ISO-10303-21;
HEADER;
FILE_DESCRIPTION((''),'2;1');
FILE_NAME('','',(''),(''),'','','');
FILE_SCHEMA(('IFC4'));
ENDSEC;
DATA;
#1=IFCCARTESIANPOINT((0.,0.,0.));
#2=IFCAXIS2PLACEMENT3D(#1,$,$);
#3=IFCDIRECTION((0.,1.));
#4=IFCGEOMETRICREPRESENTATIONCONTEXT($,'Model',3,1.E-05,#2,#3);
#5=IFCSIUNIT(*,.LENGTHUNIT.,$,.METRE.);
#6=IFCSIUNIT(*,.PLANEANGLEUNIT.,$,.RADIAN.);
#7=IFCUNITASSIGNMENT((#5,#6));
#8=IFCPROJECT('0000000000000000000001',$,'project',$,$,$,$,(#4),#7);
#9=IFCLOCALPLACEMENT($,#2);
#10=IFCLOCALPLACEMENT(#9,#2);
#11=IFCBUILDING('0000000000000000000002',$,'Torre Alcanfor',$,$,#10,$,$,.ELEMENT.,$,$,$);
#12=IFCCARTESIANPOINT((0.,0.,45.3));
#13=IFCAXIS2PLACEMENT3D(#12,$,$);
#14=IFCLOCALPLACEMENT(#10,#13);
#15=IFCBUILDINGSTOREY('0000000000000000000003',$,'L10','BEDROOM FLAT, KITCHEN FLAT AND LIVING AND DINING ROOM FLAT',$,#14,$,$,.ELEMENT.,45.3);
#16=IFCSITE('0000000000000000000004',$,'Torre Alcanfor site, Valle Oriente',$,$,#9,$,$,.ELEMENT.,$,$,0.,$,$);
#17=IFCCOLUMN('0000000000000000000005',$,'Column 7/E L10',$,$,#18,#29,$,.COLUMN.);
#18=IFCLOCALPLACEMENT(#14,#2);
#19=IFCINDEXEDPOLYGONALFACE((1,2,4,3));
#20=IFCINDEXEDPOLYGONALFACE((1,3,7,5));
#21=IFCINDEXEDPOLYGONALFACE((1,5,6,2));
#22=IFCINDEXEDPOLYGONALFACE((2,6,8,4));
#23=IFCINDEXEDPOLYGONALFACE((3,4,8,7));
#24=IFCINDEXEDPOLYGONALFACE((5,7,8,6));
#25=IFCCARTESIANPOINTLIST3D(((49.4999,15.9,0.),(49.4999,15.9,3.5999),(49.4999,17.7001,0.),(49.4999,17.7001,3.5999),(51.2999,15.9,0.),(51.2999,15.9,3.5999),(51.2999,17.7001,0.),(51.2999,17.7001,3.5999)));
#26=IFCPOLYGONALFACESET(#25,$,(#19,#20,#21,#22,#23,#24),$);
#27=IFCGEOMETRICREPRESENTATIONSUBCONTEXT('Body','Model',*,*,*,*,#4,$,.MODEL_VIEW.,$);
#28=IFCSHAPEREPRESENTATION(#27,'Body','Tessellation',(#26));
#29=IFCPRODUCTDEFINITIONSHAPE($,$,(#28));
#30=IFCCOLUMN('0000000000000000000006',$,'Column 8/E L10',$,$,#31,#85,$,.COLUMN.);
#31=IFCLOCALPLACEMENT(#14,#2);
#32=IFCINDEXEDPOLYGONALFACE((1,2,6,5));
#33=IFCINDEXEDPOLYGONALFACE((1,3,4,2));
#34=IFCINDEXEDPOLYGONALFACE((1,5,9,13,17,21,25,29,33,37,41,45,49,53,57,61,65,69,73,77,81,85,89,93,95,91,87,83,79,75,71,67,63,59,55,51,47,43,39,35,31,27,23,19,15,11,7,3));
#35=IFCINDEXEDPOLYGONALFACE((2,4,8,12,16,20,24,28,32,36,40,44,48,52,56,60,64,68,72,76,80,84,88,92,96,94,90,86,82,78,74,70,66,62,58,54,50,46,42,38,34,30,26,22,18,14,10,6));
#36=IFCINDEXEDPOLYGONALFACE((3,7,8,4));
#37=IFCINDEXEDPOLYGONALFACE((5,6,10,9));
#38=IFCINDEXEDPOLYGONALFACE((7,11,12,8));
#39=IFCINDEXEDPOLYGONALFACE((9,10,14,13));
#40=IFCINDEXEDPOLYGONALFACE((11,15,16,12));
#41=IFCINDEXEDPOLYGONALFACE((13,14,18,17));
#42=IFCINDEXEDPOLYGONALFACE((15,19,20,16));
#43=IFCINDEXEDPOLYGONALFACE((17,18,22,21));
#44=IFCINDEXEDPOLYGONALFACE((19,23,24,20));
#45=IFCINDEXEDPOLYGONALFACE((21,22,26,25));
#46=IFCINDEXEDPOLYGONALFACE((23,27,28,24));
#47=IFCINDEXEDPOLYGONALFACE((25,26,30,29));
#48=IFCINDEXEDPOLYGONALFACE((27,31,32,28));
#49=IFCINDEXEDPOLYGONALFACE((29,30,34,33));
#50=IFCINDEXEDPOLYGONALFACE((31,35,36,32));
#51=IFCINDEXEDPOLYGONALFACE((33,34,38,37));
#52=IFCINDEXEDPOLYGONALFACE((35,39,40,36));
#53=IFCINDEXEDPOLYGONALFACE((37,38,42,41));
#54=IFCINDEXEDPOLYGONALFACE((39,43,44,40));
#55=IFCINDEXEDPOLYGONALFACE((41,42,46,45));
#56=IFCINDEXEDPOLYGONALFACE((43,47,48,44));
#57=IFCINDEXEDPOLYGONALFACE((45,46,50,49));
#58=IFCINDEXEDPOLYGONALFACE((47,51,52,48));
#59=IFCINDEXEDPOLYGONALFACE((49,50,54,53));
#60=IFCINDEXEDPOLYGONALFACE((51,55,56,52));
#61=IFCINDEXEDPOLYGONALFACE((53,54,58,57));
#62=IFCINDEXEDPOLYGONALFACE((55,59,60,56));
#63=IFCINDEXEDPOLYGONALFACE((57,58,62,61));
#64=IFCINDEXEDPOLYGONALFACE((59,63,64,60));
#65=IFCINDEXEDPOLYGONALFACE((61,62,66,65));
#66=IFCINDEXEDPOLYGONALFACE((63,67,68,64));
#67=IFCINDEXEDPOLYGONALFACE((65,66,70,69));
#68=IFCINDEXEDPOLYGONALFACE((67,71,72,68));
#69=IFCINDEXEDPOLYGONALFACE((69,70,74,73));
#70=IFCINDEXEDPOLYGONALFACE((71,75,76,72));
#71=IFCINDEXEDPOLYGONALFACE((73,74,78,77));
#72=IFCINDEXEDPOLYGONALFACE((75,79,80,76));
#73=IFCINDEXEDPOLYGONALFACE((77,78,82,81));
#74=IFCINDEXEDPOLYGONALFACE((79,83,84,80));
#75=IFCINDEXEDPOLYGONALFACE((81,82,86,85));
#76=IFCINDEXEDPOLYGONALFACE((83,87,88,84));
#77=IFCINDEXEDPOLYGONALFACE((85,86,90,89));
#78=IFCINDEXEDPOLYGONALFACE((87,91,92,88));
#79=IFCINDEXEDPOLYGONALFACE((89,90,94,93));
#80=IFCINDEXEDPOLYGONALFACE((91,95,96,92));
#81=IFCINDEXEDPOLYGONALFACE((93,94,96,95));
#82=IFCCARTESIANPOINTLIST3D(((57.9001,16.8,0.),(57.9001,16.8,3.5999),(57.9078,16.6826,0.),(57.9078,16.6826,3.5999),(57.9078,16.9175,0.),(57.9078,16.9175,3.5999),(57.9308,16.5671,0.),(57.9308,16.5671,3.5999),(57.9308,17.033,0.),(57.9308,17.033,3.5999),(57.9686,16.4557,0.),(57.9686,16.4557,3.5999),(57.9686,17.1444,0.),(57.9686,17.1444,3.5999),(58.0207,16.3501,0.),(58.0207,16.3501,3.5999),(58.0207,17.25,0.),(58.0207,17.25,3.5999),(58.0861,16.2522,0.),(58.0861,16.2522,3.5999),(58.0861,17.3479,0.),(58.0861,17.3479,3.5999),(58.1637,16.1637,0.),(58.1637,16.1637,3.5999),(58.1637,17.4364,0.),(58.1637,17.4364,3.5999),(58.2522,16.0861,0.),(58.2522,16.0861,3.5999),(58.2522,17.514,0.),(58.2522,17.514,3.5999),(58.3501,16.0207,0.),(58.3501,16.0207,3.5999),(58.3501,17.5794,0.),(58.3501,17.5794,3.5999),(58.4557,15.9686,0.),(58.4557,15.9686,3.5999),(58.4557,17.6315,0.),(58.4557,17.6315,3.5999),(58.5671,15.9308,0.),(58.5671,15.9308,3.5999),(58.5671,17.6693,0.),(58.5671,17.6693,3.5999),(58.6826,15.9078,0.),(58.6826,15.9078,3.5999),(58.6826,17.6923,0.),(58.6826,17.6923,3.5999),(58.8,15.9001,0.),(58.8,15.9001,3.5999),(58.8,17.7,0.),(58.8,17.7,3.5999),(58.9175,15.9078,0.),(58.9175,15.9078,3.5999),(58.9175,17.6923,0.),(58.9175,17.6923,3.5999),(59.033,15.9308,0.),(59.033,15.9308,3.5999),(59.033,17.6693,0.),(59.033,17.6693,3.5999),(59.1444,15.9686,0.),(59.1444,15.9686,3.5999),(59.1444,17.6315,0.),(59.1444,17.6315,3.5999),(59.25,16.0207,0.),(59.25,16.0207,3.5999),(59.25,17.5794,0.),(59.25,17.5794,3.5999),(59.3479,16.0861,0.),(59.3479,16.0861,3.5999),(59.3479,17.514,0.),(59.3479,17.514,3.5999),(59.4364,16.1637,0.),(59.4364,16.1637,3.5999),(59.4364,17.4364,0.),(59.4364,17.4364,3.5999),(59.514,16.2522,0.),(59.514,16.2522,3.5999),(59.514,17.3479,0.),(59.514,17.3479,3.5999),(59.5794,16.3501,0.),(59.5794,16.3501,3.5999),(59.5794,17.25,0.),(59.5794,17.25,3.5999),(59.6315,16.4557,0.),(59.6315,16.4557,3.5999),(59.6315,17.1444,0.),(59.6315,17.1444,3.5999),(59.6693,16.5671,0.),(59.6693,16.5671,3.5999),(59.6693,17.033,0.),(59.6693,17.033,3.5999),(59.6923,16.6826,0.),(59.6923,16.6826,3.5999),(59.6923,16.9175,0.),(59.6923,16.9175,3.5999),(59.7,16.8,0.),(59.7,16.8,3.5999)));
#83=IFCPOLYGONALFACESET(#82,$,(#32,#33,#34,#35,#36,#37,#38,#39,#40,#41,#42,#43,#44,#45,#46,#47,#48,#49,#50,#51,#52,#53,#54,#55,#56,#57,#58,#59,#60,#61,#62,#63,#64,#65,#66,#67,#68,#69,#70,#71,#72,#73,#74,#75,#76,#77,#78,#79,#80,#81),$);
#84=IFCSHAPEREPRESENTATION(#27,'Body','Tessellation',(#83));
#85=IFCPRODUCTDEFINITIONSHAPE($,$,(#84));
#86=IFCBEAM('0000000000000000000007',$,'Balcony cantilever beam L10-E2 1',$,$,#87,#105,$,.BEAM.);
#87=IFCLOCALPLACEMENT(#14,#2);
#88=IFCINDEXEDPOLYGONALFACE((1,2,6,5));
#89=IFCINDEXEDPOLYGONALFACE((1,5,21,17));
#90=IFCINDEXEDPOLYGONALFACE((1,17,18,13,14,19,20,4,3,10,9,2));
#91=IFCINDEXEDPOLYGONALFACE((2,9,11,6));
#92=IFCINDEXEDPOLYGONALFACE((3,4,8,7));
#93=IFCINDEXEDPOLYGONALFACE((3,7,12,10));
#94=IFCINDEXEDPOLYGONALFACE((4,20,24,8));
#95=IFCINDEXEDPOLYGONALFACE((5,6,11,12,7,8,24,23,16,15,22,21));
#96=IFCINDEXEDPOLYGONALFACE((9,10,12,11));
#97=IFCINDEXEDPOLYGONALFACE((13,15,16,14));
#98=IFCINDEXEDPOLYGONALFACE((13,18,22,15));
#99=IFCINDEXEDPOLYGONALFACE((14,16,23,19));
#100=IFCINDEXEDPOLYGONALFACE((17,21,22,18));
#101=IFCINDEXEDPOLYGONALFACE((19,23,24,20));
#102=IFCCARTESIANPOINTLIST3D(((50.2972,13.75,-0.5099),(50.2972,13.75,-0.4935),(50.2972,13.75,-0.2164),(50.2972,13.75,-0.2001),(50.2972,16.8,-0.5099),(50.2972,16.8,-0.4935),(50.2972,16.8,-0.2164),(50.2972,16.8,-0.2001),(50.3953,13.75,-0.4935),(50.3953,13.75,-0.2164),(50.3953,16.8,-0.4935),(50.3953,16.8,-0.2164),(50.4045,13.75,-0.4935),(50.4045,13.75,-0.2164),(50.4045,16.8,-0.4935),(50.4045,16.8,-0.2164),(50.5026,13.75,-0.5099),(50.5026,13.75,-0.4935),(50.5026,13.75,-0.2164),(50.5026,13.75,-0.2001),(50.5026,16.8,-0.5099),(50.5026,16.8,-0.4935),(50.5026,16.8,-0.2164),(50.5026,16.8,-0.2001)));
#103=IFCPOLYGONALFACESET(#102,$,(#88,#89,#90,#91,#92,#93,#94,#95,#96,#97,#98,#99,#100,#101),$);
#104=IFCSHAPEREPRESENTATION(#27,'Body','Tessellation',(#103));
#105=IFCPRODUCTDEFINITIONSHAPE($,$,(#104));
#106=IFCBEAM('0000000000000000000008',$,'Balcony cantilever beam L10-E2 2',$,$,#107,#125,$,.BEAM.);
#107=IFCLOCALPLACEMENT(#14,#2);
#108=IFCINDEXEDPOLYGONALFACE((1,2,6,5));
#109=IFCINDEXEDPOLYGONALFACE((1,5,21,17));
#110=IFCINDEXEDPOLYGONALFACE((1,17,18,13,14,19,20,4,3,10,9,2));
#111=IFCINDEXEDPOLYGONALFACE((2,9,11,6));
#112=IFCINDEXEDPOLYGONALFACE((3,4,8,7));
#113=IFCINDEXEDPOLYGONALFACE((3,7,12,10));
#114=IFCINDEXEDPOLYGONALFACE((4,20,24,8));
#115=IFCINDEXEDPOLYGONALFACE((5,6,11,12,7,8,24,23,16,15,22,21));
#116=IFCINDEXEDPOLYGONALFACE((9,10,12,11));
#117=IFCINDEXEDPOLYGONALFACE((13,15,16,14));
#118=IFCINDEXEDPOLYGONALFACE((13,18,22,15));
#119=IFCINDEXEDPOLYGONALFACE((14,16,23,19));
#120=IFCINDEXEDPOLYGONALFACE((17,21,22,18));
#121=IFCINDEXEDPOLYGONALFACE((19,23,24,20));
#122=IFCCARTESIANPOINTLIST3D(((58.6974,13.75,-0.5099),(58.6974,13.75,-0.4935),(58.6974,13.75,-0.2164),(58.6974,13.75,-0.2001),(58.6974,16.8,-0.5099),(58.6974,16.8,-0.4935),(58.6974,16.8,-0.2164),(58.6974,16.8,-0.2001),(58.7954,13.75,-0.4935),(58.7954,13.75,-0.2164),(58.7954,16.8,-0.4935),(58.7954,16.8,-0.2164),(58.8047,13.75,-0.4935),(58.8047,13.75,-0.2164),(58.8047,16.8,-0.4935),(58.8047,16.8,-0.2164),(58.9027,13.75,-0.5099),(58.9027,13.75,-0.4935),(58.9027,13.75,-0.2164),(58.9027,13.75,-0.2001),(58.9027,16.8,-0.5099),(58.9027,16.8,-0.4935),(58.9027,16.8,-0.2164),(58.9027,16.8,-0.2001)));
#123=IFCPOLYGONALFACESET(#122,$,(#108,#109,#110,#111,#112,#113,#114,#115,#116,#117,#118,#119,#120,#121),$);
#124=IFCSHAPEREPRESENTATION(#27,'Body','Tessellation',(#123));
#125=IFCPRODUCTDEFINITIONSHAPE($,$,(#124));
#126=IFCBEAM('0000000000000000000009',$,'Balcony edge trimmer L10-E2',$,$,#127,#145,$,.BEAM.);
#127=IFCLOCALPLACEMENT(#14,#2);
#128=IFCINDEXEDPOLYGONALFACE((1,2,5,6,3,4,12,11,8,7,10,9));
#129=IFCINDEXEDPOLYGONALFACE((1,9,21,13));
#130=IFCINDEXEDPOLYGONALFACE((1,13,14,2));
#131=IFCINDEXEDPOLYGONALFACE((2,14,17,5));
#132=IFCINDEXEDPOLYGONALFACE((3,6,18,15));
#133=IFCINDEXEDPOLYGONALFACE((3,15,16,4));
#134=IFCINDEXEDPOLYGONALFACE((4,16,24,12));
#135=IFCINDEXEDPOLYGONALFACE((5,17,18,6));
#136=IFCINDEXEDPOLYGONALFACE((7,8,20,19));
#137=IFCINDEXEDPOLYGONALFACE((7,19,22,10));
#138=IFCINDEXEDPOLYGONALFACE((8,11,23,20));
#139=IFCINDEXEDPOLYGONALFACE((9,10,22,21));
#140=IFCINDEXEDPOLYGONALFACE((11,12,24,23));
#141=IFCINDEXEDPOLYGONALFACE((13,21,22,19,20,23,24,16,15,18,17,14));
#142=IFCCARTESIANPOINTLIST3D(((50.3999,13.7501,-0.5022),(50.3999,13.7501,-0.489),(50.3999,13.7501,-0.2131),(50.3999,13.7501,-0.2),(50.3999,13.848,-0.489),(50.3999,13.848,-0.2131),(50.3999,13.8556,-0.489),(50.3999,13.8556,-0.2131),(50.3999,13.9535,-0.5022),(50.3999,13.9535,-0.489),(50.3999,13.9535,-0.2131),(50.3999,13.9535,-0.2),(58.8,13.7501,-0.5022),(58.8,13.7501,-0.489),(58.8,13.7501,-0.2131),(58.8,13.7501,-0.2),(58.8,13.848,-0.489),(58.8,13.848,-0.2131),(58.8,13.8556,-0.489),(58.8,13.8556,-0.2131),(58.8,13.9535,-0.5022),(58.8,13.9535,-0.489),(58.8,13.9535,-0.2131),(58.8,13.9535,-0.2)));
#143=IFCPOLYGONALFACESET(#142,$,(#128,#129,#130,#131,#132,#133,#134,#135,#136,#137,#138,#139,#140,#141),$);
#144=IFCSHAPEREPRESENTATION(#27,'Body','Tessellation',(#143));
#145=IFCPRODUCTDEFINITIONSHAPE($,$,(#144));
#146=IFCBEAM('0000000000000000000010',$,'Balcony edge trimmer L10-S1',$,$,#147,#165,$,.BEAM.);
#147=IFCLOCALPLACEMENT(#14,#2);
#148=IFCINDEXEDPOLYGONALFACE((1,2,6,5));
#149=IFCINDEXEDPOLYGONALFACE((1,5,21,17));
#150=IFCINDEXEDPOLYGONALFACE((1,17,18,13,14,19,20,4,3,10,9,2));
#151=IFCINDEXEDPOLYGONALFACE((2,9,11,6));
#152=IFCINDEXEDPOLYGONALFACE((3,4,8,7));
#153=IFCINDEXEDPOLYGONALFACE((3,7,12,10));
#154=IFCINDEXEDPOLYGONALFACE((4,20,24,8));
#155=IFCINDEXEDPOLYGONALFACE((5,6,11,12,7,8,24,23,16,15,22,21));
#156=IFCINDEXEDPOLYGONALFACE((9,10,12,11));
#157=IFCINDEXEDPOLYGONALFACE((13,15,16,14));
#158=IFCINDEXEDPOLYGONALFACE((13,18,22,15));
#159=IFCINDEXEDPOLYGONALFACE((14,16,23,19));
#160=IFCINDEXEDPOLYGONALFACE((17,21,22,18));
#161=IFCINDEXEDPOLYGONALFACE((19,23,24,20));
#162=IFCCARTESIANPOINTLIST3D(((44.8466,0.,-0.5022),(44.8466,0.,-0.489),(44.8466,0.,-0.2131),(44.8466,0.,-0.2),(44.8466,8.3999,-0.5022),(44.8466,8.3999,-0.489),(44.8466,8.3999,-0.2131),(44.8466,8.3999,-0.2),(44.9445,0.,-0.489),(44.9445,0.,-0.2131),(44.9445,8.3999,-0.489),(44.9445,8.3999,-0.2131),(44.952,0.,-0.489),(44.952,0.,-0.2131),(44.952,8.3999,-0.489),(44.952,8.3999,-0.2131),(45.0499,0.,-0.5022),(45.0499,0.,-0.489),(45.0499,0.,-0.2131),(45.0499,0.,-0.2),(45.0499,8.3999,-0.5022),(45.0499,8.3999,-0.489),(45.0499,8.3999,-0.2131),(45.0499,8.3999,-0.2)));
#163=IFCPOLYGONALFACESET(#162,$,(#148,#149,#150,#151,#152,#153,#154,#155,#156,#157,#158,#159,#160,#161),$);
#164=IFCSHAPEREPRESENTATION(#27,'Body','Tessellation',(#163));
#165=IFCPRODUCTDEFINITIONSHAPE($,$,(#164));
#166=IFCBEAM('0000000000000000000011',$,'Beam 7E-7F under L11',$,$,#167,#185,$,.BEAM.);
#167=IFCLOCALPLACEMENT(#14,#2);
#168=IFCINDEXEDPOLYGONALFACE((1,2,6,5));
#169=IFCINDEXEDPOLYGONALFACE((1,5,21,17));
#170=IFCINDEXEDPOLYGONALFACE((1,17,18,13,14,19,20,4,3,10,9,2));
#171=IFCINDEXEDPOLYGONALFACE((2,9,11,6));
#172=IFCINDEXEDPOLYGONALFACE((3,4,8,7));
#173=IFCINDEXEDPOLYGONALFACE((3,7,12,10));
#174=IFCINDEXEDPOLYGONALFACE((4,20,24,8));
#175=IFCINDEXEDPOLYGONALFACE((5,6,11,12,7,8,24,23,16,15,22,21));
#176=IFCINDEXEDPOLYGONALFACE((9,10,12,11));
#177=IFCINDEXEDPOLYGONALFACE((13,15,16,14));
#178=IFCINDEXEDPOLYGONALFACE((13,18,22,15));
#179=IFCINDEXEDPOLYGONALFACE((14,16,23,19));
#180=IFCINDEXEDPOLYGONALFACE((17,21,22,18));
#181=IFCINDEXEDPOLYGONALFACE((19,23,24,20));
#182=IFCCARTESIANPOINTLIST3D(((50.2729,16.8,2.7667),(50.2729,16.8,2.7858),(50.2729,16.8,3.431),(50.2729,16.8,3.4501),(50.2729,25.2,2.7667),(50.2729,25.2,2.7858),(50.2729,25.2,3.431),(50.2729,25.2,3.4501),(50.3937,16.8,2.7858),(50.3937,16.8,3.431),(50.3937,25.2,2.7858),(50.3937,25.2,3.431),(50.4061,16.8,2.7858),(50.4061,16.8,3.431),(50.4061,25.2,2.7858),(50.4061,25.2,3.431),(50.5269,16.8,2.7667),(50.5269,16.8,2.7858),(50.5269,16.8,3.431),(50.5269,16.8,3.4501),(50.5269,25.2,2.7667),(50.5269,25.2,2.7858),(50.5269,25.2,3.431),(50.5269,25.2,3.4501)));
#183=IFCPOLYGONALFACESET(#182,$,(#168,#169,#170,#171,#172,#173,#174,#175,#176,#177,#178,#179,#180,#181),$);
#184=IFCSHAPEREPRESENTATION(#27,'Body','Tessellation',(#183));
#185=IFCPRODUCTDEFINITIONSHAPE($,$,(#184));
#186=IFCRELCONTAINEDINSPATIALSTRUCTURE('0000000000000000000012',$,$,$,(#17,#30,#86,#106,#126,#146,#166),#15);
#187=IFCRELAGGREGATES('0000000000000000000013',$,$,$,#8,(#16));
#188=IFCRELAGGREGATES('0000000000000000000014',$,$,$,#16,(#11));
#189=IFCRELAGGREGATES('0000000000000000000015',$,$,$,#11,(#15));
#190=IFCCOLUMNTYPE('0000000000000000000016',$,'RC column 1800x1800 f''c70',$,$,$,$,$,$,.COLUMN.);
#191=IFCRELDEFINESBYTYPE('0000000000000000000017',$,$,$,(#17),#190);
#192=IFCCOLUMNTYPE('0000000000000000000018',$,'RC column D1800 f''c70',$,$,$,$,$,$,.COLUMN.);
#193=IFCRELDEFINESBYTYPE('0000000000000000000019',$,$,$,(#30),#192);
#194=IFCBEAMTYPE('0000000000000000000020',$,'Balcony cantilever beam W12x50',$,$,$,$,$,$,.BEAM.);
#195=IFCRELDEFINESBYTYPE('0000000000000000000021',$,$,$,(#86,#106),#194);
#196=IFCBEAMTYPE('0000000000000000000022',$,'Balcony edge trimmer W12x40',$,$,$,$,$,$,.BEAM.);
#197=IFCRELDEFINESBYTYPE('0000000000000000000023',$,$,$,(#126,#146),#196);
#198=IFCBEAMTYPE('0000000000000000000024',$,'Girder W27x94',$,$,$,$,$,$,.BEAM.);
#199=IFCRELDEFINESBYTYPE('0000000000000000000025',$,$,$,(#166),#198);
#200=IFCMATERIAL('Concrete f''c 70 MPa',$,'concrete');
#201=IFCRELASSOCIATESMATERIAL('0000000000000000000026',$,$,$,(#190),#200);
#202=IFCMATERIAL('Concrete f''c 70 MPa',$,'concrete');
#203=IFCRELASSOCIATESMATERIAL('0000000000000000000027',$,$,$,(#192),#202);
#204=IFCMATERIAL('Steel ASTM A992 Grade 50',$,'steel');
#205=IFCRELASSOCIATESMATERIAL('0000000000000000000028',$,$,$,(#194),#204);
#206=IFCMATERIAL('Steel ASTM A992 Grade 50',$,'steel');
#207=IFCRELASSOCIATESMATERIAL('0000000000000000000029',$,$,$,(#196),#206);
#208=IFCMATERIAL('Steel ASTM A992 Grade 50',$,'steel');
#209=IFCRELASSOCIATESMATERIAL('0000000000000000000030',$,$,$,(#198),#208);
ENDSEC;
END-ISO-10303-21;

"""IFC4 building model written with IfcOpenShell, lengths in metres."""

from ifc_helpers import new_model, si_unit, direction, frame, origin, origin_2d, place, context, subcontext, project, spatial, rectangle, circle, i_section, extrude, material, material_profile, profile_set, type_object, element, save


model = new_model("IFC4")

# Units and contexts
model_context = context("Model", 3, precision=1e-05, world=origin(), true_north=direction((0.0, 1.0)))
body_context = subcontext(model_context, "Body", "Model", "MODEL_VIEW")
ifc_project = project(units=[si_unit("LENGTHUNIT", "METRE"), si_unit("PLANEANGLEUNIT", "RADIAN")], contexts=[model_context])

# Site, building, storey
site_placement = place(None, origin())
site = spatial("IfcSite", under=ifc_project, at=site_placement, Name="Torre Alcanfor site, Valle Oriente", CompositionType="ELEMENT", RefElevation=0.0)
building_placement = place(site_placement, origin())
building = spatial("IfcBuilding", under=site, at=building_placement, Name="Torre Alcanfor", CompositionType="ELEMENT")
storey_placement = place(building_placement, frame((0.0, 0.0, 45.3)))
storey = spatial("IfcBuildingStorey", under=building, at=storey_placement, Name="L10", Description="BEDROOM FLAT, KITCHEN FLAT AND LIVING AND DINING ROOM FLAT", CompositionType="ELEMENT", Elevation=45.3)

# Columns
ifc_material_1 = material(Name="Concrete f'c 70 MPa", Category="concrete")
ifc_material_profile_1 = material_profile(ifc_material_1, rectangle(XDim=1.8, YDim=1.8, at=origin_2d()), Name="1800x1800")
ifc_profile_set_1 = profile_set([ifc_material_profile_1], Name="Concrete f'c 70 MPa")
column_type_1 = type_object("IfcColumnType", Name="RC column 1800x1800 f'c70", PredefinedType="COLUMN", material=ifc_profile_set_1)
column_1_placement = place(storey_placement, frame((50.3999, 16.8, 0.0), z_axis=(0.0, 0.0, 1.0), x_axis=(1.0, 0.0, 0.0)))
element("IfcColumn", 1, at=column_1_placement, inside=storey, type_object=column_type_1, Name="Column 7/E L10", PredefinedType="COLUMN", context=body_context, shape_type="SweptSolid", body=[
    extrude(rectangle(XDim=1.8, YDim=1.8, at=origin_2d()), origin(), (0.0, 0.0, 1.0), 3.5999),
])
ifc_material_2 = material(Name="Concrete f'c 70 MPa", Category="concrete")
ifc_material_profile_2 = material_profile(ifc_material_2, circle(Radius=0.8999, at=origin_2d()), Name="D1800")
ifc_profile_set_2 = profile_set([ifc_material_profile_2], Name="Concrete f'c 70 MPa")
column_type_2 = type_object("IfcColumnType", Name="RC column D1800 f'c70", PredefinedType="COLUMN", material=ifc_profile_set_2)
column_2_placement = place(storey_placement, frame((58.8, 16.8, 0.0), z_axis=(0.0, 0.0, 1.0), x_axis=(1.0, 0.0, 0.0)))
element("IfcColumn", 2, at=column_2_placement, inside=storey, type_object=column_type_2, Name="Column 8/E L10", PredefinedType="COLUMN", context=body_context, shape_type="SweptSolid", body=[
    extrude(circle(Radius=0.8999, at=origin_2d()), origin(), (0.0, 0.0, 1.0), 3.5999),
])

# Beams
ifc_material_3 = material(Name="Steel ASTM A992 Grade 50", Category="steel")
ifc_material_profile_3 = material_profile(ifc_material_3, i_section(OverallWidth=0.2053, OverallDepth=0.3098, WebThickness=0.0093, FlangeThickness=0.0164, at=origin_2d()), Name="W12x50")
ifc_profile_set_3 = profile_set([ifc_material_profile_3], Name="Steel ASTM A992 Grade 50")
beam_type_1 = type_object("IfcBeamType", Name="Balcony cantilever beam W12x50", PredefinedType="BEAM", material=ifc_profile_set_3)
for number, where, z_axis, x_axis, name in (
    (3, (50.3999, 16.8, -0.355), (0.0, -1.0, 0.0), (1.0, 0.0, 0.0), "Balcony cantilever beam L10-E2 1"),
    (4, (58.8, 16.8, -0.355), (0.0, -1.0, 0.0), (1.0, 0.0, 0.0), "Balcony cantilever beam L10-E2 2"),
):
    element("IfcBeam", number, at=place(storey_placement, frame(where, z_axis=z_axis, x_axis=x_axis)), inside=storey, type_object=beam_type_1, Name=name, PredefinedType="BEAM", context=body_context, shape_type="SweptSolid", body=[
        extrude(i_section(OverallWidth=0.2053, OverallDepth=0.3098, WebThickness=0.0093, FlangeThickness=0.0164, at=origin_2d()), origin(), (0.0, 0.0, 1.0), 3.05),
    ])
ifc_material_4 = material(Name="Steel ASTM A992 Grade 50", Category="steel")
ifc_material_profile_4 = material_profile(ifc_material_4, i_section(OverallWidth=0.2034, OverallDepth=0.3022, WebThickness=0.0076, FlangeThickness=0.0132, at=origin_2d()), Name="W12x40")
ifc_profile_set_4 = profile_set([ifc_material_profile_4], Name="Steel ASTM A992 Grade 50")
beam_type_2 = type_object("IfcBeamType", Name="Balcony edge trimmer W12x40", PredefinedType="BEAM", material=ifc_profile_set_4)
beam_1_placement = place(storey_placement, frame((50.3999, 13.8518, -0.3511), z_axis=(1.0, 0.0, 0.0), x_axis=(0.0, 1.0, 0.0)))
element("IfcBeam", 5, at=beam_1_placement, inside=storey, type_object=beam_type_2, Name="Balcony edge trimmer L10-E2", PredefinedType="BEAM", context=body_context, shape_type="SweptSolid", body=[
    extrude(i_section(OverallWidth=0.2034, OverallDepth=0.3022, WebThickness=0.0076, FlangeThickness=0.0132, at=origin_2d()), origin(), (0.0, 0.0, 1.0), 8.4001),
])
beam_2_placement = place(storey_placement, frame((44.9482, 8.3999, -0.3511), z_axis=(0.0, -1.0, 0.0), x_axis=(1.0, 0.0, 0.0)))
element("IfcBeam", 6, at=beam_2_placement, inside=storey, type_object=beam_type_2, Name="Balcony edge trimmer L10-S1", PredefinedType="BEAM", context=body_context, shape_type="SweptSolid", body=[
    extrude(i_section(OverallWidth=0.2034, OverallDepth=0.3022, WebThickness=0.0076, FlangeThickness=0.0132, at=origin_2d()), origin(), (0.0, 0.0, 1.0), 8.3999),
])
ifc_material_5 = material(Name="Steel ASTM A992 Grade 50", Category="steel")
ifc_material_profile_5 = material_profile(ifc_material_5, i_section(OverallWidth=0.2539, OverallDepth=0.6833, WebThickness=0.0125, FlangeThickness=0.019, at=origin_2d()), Name="W27x94")
ifc_profile_set_5 = profile_set([ifc_material_profile_5], Name="Steel ASTM A992 Grade 50")
beam_type_3 = type_object("IfcBeamType", Name="Girder W27x94", PredefinedType="BEAM", material=ifc_profile_set_5)
beam_3_placement = place(storey_placement, frame((50.3999, 16.8, 3.1084), z_axis=(0.0, 1.0, 0.0), x_axis=(-1.0, 0.0, 0.0)))
element("IfcBeam", 7, at=beam_3_placement, inside=storey, type_object=beam_type_3, Name="Beam 7E-7F under L11", PredefinedType="BEAM", context=body_context, shape_type="SweptSolid", body=[
    extrude(i_section(OverallWidth=0.2539, OverallDepth=0.6833, WebThickness=0.0125, FlangeThickness=0.019, at=origin_2d()), origin(), (0.0, 0.0, 1.0), 8.3999),
])

save(model, "model.ifc")
